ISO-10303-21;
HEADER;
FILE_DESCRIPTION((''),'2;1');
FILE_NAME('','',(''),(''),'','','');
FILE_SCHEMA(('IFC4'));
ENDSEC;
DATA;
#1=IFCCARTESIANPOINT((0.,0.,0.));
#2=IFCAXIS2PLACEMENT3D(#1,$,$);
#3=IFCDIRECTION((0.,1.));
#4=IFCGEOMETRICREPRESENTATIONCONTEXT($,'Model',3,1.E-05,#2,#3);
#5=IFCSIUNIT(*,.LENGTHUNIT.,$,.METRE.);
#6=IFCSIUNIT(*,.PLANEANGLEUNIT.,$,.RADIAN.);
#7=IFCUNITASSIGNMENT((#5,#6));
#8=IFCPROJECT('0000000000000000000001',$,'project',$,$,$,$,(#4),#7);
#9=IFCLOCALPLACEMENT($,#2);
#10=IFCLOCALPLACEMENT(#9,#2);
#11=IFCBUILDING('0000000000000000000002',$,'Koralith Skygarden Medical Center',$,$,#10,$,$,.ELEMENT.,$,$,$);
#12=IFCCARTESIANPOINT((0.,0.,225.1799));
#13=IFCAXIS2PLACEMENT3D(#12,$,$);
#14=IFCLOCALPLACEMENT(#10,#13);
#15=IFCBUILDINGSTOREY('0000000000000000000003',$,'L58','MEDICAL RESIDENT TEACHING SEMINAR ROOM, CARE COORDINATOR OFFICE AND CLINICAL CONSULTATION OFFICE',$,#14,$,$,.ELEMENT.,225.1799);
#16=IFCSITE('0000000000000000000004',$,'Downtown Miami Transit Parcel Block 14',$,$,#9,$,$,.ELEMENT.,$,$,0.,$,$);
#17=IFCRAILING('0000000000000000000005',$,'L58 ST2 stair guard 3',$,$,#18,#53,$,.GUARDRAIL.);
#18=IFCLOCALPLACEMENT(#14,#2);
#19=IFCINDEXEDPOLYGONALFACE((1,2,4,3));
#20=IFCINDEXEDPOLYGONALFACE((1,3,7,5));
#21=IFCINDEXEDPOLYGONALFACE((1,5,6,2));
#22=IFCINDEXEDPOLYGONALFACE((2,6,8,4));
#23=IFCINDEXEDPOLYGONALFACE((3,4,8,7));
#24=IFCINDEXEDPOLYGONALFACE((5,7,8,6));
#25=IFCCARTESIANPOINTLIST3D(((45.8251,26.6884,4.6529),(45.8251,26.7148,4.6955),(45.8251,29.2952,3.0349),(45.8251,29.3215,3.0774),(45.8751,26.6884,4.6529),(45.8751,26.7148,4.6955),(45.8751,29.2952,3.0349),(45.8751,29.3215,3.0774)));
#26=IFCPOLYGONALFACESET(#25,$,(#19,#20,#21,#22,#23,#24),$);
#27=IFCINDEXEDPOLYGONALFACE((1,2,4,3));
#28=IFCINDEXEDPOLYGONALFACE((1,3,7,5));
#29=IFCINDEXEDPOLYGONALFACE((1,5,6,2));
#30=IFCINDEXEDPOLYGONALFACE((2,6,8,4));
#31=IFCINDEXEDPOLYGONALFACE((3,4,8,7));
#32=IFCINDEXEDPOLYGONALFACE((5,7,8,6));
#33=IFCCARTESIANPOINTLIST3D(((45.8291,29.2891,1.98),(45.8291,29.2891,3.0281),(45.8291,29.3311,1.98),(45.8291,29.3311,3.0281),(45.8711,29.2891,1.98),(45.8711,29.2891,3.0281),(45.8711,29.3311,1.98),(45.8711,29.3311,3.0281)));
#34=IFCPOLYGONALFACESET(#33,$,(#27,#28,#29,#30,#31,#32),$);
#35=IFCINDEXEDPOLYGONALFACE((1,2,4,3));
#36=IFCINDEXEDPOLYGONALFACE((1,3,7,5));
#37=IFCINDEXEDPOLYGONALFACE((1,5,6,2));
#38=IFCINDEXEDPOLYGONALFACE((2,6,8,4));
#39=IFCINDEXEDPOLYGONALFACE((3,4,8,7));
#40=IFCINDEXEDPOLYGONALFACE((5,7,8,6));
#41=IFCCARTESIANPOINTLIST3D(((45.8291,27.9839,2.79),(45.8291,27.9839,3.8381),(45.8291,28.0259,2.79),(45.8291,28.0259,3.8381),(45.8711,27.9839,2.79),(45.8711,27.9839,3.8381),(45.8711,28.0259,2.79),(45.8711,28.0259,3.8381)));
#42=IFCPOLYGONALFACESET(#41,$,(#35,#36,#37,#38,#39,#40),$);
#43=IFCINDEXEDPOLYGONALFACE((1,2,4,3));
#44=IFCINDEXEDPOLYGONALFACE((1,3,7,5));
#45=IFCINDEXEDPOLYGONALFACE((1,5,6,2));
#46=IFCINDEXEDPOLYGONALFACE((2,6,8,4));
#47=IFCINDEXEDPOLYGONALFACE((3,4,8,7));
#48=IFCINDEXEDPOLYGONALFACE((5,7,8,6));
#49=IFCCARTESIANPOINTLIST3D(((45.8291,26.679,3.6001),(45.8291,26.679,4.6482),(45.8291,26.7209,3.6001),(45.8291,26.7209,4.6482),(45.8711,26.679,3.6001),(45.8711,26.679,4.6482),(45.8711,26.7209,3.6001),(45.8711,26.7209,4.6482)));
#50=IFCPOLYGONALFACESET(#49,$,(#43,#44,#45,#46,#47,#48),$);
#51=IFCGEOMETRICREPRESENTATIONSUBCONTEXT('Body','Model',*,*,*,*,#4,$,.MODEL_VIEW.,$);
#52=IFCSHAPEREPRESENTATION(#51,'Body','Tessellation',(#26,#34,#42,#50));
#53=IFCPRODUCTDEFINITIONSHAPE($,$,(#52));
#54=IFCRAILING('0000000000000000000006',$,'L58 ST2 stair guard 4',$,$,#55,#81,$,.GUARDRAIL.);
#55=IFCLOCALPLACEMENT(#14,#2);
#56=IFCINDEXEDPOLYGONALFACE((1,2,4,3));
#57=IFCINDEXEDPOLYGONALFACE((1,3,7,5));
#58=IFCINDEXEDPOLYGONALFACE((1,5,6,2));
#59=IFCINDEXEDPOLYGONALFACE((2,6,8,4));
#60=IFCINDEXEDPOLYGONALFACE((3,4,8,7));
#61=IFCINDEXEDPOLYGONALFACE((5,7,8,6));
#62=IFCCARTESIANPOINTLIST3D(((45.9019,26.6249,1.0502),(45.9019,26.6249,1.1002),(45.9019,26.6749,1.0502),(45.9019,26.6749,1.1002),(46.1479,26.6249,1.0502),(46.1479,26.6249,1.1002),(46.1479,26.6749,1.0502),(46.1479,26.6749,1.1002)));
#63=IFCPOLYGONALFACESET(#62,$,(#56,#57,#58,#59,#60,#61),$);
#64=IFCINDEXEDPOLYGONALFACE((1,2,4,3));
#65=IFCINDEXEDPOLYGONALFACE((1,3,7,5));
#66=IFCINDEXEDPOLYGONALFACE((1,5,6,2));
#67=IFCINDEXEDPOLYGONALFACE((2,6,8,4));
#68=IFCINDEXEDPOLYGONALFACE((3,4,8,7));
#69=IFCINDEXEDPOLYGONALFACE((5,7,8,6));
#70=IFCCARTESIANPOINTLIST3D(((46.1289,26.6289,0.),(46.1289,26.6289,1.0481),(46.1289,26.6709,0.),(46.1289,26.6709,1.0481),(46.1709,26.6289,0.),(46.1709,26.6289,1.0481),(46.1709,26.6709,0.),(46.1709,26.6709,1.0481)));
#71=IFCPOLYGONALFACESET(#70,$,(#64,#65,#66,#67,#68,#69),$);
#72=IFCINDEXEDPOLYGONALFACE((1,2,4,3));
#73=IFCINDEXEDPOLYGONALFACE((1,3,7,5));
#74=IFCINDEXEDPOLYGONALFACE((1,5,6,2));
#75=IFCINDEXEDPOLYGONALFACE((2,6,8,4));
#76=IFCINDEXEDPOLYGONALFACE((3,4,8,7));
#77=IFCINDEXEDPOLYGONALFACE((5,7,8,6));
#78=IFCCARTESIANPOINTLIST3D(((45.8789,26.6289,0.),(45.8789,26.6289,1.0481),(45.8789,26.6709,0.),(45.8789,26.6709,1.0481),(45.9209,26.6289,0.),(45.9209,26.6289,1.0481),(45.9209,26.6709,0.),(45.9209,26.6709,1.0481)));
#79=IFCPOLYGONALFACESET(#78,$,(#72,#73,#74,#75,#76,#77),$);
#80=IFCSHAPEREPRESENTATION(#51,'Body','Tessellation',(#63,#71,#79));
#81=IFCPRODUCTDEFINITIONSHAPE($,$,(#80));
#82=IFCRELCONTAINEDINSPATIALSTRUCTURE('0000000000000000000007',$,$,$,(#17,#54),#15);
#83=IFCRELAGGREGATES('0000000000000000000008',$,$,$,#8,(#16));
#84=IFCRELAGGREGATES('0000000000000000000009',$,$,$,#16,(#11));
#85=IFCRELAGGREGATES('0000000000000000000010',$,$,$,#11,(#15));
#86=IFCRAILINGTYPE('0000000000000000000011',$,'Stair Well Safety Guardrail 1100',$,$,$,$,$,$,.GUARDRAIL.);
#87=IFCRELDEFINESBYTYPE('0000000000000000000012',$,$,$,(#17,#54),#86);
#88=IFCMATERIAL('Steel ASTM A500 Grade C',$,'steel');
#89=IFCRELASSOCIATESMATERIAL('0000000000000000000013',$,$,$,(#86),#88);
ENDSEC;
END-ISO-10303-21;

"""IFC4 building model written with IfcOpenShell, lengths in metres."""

from ifc_helpers import new_model, si_unit, direction, frame, origin, origin_2d, place, context, subcontext, project, spatial, rectangle, extrude, material, type_object, element, save


model = new_model("IFC4")

# Units and contexts
model_context = context("Model", 3, precision=1e-05, world=origin(), true_north=direction((0.0, 1.0)))
body_context = subcontext(model_context, "Body", "Model", "MODEL_VIEW")
ifc_project = project(units=[si_unit("LENGTHUNIT", "METRE"), si_unit("PLANEANGLEUNIT", "RADIAN")], contexts=[model_context])

# Site, building, storey
site_placement = place(None, origin())
site = spatial("IfcSite", under=ifc_project, at=site_placement, Name="Downtown Miami Transit Parcel Block 14", CompositionType="ELEMENT", RefElevation=0.0)
building_placement = place(site_placement, origin())
building = spatial("IfcBuilding", under=site, at=building_placement, Name="Koralith Skygarden Medical Center", CompositionType="ELEMENT")
storey_placement = place(building_placement, frame((0.0, 0.0, 225.1799)))
storey = spatial("IfcBuildingStorey", under=building, at=storey_placement, Name="L58", Description="MEDICAL RESIDENT TEACHING SEMINAR ROOM, CARE COORDINATOR OFFICE AND CLINICAL CONSULTATION OFFICE", CompositionType="ELEMENT", Elevation=225.1799)

# Shared definitions
ifc_material_1 = material(Name="Steel ASTM A500 Grade C", Category="steel")

# Railings
railing_type_1 = type_object("IfcRailingType", Name="Stair Well Safety Guardrail 1100", PredefinedType="GUARDRAIL", material=ifc_material_1)
railing_1_placement = place(storey_placement, frame((45.8501, 29.3101, 1.98)))
element("IfcRailing", 1, at=railing_1_placement, inside=storey, type_object=railing_type_1, Name="L58 ST2 stair guard 3", PredefinedType="GUARDRAIL", context=body_context, shape_type="SweptSolid", body=[
    extrude(rectangle(XDim=0.05, YDim=0.05, at=origin_2d()), frame((0.0, -0.0017, 1.0762), z_axis=(0.0, -0.849633, 0.527375), x_axis=(1.0, 0.0, 0.0)), (0.0, 0.0, 1.0), 3.0681),
    extrude(rectangle(XDim=0.042, YDim=0.042, at=origin_2d()), origin(), (0.0, 0.0, 1.0), 1.0481),
    extrude(rectangle(XDim=0.042, YDim=0.042, at=origin_2d()), frame((0.0, -1.3052, 0.8101)), (0.0, 0.0, 1.0), 1.0481),
    extrude(rectangle(XDim=0.042, YDim=0.042, at=origin_2d()), frame((0.0, -2.6101, 1.6201)), (0.0, 0.0, 1.0), 1.0481),
])
railing_2_placement = place(storey_placement, frame((46.1499, 26.6499, 0.0)))
element("IfcRailing", 2, at=railing_2_placement, inside=storey, type_object=railing_type_1, Name="L58 ST2 stair guard 4", PredefinedType="GUARDRAIL", context=body_context, shape_type="SweptSolid", body=[
    extrude(rectangle(XDim=0.05, YDim=0.05, at=origin_2d()), frame((-0.002, 0.0, 1.0752), z_axis=(-1.0, 0.0, 0.0), x_axis=(0.0, -1.0, 0.0)), (0.0, 0.0, 1.0), 0.2461),
    extrude(rectangle(XDim=0.042, YDim=0.042, at=origin_2d()), origin(), (0.0, 0.0, 1.0), 1.0481),
    extrude(rectangle(XDim=0.042, YDim=0.042, at=origin_2d()), frame((-0.25, 0.0, 0.0)), (0.0, 0.0, 1.0), 1.0481),
])

save(model, "model.ifc")
